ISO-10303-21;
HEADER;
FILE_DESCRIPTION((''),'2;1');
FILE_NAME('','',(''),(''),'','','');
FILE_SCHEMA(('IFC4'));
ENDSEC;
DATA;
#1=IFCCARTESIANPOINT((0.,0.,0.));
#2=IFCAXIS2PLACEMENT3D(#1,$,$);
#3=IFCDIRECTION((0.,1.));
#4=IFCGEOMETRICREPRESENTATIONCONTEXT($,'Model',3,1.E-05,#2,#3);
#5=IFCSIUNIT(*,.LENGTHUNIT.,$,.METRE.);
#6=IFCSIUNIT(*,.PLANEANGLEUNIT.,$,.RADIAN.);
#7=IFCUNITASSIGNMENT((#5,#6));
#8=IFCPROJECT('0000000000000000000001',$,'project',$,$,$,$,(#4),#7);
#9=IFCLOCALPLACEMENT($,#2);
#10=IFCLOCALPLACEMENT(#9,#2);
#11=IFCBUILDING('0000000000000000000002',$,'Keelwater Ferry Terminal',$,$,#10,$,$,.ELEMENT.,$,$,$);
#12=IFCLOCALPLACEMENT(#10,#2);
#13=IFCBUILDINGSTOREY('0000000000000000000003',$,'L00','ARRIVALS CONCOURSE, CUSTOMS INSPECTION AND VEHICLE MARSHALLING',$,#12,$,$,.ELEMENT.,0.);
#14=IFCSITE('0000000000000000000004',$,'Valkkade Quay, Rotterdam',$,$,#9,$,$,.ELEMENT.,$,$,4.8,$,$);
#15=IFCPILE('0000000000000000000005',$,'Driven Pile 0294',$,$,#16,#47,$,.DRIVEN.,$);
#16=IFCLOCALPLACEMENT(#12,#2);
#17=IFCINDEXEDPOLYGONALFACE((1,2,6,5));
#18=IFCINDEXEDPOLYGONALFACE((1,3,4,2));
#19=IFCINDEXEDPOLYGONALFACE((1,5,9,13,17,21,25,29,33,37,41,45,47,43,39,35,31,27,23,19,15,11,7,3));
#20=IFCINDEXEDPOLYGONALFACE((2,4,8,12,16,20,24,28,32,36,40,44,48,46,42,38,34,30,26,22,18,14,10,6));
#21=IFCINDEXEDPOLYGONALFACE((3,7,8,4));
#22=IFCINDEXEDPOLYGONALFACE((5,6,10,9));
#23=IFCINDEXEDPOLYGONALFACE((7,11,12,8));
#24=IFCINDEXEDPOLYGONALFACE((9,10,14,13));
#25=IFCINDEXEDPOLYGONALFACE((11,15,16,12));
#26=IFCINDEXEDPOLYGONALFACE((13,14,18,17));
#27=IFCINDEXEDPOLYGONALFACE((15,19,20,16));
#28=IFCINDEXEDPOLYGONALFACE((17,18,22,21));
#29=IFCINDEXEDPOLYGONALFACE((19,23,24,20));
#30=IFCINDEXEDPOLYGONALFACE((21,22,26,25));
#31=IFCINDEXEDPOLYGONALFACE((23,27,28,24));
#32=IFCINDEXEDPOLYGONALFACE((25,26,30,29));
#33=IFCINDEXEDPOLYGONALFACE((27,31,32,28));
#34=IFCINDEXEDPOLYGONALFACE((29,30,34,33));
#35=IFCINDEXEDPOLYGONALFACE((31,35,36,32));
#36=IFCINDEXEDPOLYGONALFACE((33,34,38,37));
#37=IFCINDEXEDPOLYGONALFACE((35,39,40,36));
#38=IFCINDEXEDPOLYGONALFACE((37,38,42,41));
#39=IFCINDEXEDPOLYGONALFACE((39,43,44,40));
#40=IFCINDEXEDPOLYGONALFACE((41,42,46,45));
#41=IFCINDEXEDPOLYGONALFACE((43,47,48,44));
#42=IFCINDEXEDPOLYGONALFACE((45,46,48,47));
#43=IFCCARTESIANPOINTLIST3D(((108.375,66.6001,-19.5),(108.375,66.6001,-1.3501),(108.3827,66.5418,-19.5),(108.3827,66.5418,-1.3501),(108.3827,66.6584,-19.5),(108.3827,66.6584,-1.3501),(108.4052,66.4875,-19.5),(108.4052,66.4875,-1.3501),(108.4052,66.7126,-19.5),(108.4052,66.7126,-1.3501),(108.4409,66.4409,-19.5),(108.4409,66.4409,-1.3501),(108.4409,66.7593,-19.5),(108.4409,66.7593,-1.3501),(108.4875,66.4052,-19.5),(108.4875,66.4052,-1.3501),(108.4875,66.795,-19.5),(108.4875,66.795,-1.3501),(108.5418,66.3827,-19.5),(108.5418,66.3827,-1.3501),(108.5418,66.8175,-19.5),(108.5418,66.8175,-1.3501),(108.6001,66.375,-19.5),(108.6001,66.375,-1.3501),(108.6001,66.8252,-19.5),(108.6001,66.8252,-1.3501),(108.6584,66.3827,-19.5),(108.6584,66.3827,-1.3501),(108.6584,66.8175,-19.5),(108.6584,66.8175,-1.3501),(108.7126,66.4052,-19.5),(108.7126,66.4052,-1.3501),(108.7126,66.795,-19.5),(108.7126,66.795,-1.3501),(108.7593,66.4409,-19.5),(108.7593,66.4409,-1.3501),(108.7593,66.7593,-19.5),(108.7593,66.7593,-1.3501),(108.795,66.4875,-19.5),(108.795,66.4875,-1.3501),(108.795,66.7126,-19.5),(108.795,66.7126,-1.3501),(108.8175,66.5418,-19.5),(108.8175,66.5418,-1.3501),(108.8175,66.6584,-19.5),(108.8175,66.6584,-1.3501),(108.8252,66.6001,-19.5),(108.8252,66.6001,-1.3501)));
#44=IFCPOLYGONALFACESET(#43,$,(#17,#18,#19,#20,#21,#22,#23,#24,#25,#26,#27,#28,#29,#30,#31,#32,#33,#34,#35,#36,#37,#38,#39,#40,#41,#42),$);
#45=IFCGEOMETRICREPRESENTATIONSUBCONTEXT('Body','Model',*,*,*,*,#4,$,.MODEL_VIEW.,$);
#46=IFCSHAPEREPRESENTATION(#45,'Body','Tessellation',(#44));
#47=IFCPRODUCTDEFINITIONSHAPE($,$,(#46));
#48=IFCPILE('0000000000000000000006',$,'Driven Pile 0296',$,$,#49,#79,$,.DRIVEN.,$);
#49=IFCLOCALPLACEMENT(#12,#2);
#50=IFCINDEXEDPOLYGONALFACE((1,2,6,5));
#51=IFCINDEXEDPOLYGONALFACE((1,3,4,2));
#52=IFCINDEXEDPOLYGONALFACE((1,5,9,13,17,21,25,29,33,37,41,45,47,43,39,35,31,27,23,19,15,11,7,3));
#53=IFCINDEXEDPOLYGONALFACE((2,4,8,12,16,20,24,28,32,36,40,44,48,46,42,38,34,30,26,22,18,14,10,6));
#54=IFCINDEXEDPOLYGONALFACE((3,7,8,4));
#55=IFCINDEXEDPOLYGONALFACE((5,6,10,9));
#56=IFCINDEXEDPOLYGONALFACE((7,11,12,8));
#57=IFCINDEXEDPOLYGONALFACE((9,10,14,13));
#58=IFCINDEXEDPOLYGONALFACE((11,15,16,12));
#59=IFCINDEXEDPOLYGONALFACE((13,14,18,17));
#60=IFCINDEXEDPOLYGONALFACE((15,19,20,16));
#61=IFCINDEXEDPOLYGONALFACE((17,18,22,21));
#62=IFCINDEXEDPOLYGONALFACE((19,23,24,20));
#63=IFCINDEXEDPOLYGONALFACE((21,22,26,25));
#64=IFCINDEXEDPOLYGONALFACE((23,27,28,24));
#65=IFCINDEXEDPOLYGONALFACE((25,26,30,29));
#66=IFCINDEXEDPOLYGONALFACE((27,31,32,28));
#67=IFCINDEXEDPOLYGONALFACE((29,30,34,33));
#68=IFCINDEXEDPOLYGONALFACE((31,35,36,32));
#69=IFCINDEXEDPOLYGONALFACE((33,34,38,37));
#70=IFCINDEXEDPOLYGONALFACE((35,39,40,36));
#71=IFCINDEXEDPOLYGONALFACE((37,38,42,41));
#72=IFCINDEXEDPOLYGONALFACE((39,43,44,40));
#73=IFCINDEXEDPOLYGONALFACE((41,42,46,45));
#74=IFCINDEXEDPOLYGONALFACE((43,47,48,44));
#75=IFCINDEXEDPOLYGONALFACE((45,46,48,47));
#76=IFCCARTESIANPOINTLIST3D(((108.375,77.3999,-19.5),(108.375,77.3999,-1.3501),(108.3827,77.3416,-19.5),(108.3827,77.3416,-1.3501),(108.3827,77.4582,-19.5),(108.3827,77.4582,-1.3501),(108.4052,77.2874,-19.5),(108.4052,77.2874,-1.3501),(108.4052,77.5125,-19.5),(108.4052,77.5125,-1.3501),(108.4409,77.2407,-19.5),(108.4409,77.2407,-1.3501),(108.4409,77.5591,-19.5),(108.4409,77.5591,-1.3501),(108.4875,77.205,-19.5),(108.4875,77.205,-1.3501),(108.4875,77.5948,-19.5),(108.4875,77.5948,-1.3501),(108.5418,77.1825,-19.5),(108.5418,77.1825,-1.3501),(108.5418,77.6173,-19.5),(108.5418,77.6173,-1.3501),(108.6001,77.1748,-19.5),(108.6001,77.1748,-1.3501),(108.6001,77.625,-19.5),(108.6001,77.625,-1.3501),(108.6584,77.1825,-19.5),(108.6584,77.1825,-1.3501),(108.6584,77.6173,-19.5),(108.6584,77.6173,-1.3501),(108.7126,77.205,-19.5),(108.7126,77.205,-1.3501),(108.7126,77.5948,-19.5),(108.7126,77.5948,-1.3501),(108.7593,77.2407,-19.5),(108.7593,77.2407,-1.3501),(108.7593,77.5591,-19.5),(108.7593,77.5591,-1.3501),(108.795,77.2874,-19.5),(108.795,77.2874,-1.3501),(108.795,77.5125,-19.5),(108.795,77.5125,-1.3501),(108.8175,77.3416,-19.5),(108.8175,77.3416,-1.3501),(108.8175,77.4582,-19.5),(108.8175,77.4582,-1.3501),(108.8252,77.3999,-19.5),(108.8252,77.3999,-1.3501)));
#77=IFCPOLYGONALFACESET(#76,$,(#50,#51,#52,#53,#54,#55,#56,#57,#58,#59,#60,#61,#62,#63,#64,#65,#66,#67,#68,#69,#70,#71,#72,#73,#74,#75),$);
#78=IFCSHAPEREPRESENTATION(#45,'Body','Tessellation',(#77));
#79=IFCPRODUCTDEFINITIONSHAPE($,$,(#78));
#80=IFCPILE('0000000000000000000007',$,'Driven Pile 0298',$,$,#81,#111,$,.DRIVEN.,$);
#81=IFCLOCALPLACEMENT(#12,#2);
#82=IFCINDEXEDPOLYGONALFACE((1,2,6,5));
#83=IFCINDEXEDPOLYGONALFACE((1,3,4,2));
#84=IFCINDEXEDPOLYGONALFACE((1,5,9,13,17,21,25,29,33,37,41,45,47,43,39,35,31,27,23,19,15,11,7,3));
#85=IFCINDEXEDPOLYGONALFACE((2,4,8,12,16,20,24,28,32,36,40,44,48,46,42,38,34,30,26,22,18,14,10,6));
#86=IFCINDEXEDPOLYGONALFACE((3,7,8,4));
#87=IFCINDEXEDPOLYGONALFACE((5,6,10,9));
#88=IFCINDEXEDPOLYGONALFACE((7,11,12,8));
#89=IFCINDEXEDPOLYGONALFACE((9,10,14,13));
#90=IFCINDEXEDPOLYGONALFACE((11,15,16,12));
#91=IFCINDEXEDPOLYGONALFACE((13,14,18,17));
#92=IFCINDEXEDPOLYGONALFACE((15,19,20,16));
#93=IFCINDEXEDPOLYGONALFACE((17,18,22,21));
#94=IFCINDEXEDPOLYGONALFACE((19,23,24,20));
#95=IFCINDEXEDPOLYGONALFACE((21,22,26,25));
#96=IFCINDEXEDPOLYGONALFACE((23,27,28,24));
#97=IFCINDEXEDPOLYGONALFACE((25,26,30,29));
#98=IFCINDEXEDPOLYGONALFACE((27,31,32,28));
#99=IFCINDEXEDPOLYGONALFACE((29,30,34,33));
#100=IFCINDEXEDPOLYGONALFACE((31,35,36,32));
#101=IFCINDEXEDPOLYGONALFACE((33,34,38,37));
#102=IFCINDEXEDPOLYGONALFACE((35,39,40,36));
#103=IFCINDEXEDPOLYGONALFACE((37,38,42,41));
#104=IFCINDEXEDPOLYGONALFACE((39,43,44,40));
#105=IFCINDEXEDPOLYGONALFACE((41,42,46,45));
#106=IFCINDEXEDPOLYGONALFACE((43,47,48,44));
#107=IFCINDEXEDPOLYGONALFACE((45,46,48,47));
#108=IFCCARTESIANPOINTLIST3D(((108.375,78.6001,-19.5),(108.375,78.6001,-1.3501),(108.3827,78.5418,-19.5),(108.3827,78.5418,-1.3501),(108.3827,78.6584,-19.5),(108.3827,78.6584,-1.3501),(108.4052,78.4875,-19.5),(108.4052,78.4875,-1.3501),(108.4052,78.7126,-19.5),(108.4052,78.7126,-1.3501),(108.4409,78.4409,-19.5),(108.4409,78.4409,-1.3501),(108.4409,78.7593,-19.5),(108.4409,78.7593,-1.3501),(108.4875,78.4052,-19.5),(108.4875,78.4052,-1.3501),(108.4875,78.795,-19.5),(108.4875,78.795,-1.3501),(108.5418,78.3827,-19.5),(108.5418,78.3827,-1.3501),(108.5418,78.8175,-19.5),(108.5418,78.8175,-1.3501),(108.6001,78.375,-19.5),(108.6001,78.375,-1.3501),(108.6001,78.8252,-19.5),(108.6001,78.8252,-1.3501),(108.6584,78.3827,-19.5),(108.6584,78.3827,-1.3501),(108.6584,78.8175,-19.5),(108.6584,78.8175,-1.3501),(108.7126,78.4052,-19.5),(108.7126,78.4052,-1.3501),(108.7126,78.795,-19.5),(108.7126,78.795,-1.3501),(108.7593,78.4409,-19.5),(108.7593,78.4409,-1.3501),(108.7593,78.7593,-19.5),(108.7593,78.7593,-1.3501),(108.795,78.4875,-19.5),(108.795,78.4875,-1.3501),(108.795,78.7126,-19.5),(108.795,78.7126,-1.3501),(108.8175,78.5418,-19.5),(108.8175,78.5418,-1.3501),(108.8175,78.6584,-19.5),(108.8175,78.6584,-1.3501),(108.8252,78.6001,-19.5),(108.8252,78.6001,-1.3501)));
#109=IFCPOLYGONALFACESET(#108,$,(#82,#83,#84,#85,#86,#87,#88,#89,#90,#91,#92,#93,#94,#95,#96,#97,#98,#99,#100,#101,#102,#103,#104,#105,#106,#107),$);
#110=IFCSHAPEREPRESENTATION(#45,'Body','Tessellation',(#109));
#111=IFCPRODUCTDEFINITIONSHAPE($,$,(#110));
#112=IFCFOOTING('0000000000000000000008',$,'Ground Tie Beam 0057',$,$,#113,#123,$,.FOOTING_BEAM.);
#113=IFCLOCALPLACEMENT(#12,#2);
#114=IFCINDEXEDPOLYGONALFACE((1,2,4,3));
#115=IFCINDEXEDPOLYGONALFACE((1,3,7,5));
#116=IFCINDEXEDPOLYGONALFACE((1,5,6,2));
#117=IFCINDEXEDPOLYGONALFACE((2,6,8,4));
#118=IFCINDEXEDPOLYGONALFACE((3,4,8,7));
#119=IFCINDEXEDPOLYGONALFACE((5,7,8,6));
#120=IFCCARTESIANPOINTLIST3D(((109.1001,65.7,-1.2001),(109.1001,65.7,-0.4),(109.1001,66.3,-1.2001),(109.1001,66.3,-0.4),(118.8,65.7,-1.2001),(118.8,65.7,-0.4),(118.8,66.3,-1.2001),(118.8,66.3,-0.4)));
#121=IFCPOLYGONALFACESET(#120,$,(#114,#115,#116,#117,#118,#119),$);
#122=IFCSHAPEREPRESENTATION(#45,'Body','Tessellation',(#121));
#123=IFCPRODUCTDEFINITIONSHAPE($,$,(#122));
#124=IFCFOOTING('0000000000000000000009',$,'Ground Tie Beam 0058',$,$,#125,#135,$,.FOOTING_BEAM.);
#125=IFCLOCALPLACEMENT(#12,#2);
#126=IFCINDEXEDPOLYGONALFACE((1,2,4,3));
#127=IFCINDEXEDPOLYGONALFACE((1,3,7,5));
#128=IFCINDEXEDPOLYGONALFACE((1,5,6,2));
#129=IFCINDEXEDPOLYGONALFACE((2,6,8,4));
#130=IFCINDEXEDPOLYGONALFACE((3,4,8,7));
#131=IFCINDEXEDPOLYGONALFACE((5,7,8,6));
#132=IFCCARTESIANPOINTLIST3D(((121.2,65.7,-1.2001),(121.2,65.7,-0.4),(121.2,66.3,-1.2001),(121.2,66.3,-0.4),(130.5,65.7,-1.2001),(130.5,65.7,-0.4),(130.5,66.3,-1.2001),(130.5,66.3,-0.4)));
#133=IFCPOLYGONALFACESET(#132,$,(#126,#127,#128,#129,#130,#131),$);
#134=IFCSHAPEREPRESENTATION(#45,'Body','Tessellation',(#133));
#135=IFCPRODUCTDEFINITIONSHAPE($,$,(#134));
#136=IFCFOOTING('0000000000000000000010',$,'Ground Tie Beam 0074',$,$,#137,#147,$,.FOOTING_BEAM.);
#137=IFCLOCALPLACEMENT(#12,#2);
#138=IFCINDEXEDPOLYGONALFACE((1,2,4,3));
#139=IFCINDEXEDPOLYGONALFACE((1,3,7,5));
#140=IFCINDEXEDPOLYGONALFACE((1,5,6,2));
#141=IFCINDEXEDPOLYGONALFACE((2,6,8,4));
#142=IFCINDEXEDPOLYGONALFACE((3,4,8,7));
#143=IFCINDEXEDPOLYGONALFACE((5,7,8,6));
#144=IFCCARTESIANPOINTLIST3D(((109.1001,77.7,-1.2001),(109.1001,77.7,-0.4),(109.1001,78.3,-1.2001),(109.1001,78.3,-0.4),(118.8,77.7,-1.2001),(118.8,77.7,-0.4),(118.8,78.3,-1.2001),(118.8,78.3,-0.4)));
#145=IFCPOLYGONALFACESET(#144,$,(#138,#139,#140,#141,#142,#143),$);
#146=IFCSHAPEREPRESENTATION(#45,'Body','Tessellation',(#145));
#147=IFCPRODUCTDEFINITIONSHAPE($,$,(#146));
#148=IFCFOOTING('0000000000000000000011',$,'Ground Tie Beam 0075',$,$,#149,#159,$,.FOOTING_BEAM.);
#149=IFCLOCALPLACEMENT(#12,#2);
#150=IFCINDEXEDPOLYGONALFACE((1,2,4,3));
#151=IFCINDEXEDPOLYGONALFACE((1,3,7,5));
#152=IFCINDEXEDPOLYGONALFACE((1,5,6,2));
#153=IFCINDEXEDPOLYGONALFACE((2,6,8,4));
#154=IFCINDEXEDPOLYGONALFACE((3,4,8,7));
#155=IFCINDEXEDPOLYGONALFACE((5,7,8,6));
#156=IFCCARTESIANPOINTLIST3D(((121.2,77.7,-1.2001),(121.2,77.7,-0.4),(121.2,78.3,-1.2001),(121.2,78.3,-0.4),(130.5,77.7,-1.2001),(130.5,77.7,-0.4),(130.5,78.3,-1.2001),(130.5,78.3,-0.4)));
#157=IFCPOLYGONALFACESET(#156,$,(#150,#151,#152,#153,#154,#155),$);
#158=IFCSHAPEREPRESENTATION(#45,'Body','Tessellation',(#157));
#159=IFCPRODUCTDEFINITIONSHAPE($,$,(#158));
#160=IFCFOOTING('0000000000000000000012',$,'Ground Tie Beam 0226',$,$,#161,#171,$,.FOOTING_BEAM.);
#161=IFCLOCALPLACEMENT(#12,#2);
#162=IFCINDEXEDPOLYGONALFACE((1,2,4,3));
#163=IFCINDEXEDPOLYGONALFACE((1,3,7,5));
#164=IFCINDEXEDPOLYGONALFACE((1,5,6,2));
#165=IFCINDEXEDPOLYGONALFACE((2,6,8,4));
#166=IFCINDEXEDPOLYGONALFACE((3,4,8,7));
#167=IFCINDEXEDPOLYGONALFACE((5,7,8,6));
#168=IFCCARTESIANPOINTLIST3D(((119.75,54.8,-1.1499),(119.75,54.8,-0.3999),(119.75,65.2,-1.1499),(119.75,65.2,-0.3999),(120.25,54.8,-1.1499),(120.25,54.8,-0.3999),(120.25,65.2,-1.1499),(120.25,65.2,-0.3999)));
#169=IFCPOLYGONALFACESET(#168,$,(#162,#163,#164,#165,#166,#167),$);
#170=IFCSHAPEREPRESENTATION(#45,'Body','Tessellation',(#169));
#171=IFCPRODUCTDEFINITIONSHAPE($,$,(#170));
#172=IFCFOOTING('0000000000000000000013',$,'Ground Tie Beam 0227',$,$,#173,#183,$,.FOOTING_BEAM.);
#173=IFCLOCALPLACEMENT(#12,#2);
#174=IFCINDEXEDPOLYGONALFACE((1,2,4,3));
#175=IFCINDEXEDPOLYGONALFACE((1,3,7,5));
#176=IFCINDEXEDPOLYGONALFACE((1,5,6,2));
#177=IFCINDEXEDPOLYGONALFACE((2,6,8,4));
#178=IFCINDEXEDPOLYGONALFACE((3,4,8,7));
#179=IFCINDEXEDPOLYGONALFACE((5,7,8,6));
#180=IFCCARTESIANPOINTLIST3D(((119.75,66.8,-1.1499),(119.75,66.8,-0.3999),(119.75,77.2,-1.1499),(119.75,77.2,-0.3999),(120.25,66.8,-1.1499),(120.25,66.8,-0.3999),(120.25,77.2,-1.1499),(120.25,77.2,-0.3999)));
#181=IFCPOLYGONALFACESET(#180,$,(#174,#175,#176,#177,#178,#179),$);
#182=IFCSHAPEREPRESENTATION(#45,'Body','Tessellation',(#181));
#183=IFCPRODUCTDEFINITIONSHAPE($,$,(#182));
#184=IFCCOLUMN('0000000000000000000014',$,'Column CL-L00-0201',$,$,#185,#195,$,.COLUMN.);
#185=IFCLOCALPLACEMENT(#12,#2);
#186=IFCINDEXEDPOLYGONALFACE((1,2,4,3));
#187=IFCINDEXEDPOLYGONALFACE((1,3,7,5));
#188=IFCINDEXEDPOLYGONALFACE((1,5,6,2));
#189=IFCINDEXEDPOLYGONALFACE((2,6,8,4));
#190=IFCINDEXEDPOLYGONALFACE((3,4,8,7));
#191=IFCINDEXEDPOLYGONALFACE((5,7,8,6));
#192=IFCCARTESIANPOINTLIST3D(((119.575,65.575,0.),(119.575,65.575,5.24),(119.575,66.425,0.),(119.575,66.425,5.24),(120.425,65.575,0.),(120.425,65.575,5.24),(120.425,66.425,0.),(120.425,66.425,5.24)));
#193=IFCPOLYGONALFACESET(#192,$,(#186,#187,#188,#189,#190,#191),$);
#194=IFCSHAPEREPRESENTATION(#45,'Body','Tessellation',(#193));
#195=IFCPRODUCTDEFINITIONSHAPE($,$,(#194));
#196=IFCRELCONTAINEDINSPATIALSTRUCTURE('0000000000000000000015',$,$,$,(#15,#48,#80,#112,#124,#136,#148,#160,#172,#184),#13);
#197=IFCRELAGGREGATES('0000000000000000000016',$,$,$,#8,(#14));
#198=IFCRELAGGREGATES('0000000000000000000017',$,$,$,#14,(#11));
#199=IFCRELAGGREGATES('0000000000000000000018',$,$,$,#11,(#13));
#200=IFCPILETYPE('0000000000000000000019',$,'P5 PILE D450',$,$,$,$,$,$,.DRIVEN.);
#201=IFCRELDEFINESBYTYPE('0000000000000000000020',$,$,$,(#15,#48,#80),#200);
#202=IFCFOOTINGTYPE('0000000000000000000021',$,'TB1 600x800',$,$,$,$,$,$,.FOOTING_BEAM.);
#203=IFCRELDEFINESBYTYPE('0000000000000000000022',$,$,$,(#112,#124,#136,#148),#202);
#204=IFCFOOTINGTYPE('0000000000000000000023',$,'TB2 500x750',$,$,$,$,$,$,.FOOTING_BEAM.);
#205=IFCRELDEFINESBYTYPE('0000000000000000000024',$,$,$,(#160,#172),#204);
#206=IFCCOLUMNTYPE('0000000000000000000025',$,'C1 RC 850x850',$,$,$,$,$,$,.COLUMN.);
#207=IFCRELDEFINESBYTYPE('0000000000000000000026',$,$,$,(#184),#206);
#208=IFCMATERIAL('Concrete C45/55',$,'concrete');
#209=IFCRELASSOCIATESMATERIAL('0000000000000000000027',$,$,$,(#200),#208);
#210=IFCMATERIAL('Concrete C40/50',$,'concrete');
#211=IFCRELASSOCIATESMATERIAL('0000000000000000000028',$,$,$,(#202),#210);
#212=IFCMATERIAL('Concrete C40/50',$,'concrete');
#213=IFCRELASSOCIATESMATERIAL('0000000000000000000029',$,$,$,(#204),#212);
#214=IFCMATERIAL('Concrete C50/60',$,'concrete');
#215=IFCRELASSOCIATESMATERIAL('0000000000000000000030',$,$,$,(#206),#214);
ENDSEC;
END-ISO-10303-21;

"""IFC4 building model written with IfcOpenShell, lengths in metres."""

from ifc_helpers import new_model, si_unit, direction, frame, origin, origin_2d, place, context, subcontext, project, spatial, rectangle, circle, extrude, material, material_profile, profile_set, type_object, element, save


model = new_model("IFC4")

# Units and contexts
model_context = context("Model", 3, precision=1e-05, world=origin(), true_north=direction((0.0, 1.0)))
body_context = subcontext(model_context, "Body", "Model", "MODEL_VIEW")
ifc_project = project(units=[si_unit("LENGTHUNIT", "METRE"), si_unit("PLANEANGLEUNIT", "RADIAN")], contexts=[model_context])

# Site, building, storey
site_placement = place(None, origin())
site = spatial("IfcSite", under=ifc_project, at=site_placement, Name="Valkkade Quay, Rotterdam", CompositionType="ELEMENT", RefElevation=4.8)
building_placement = place(site_placement, origin())
building = spatial("IfcBuilding", under=site, at=building_placement, Name="Keelwater Ferry Terminal", CompositionType="ELEMENT")
storey_placement = place(building_placement, origin())
storey = spatial("IfcBuildingStorey", under=building, at=storey_placement, Name="L00", Description="ARRIVALS CONCOURSE, CUSTOMS INSPECTION AND VEHICLE MARSHALLING", CompositionType="ELEMENT", Elevation=0.0)

# Piles
ifc_material_1 = material(Name="Concrete C45/55", Category="concrete")
ifc_material_profile_1 = material_profile(ifc_material_1, circle(Radius=0.2251, at=origin_2d()), Name="PILE D450")
ifc_profile_set_1 = profile_set([ifc_material_profile_1], Name="Concrete C45/55")
pile_type_1 = type_object("IfcPileType", Name="P5 PILE D450", PredefinedType="DRIVEN", material=ifc_profile_set_1)
for number, where, z_axis, x_axis, name in (
    (1, (108.6001, 66.6001, -1.3501), (0.0, 0.0, -1.0), (1.0, 0.0, 0.0), "Driven Pile 0294"),
    (2, (108.6001, 77.3999, -1.3501), (0.0, 0.0, -1.0), (1.0, 0.0, 0.0), "Driven Pile 0296"),
    (3, (108.6001, 78.6001, -1.3501), (0.0, 0.0, -1.0), (1.0, 0.0, 0.0), "Driven Pile 0298"),
):
    element("IfcPile", number, at=place(storey_placement, frame(where, z_axis=z_axis, x_axis=x_axis)), inside=storey, type_object=pile_type_1, Name=name, PredefinedType="DRIVEN", context=body_context, shape_type="SweptSolid", body=[
        extrude(circle(Radius=0.2251, at=origin_2d()), origin(), (0.0, 0.0, 1.0), 18.1499),
    ])

# Footings
ifc_material_2 = material(Name="Concrete C40/50", Category="concrete")
ifc_material_profile_2 = material_profile(ifc_material_2, rectangle(XDim=0.6001, YDim=0.8, at=origin_2d()), Name="TB 600x800")
ifc_profile_set_2 = profile_set([ifc_material_profile_2], Name="Concrete C40/50")
footing_type_1 = type_object("IfcFootingType", Name="TB1 600x800", PredefinedType="FOOTING_BEAM", material=ifc_profile_set_2)
footing_1_placement = place(storey_placement, frame((109.1001, 66.0, -0.8), z_axis=(1.0, 0.0, 0.0), x_axis=(0.0, 1.0, 0.0)))
element("IfcFooting", 4, at=footing_1_placement, inside=storey, type_object=footing_type_1, Name="Ground Tie Beam 0057", PredefinedType="FOOTING_BEAM", context=body_context, shape_type="SweptSolid", body=[
    extrude(rectangle(XDim=0.6001, YDim=0.8, at=origin_2d()), origin(), (0.0, 0.0, 1.0), 9.7),
])
footing_2_placement = place(storey_placement, frame((121.2, 66.0, -0.8), z_axis=(1.0, 0.0, 0.0), x_axis=(0.0, 1.0, 0.0)))
element("IfcFooting", 5, at=footing_2_placement, inside=storey, type_object=footing_type_1, Name="Ground Tie Beam 0058", PredefinedType="FOOTING_BEAM", context=body_context, shape_type="SweptSolid", body=[
    extrude(rectangle(XDim=0.6001, YDim=0.8, at=origin_2d()), origin(), (0.0, 0.0, 1.0), 9.3),
])
footing_3_placement = place(storey_placement, frame((109.1001, 78.0, -0.8), z_axis=(1.0, 0.0, 0.0), x_axis=(0.0, 1.0, 0.0)))
element("IfcFooting", 6, at=footing_3_placement, inside=storey, type_object=footing_type_1, Name="Ground Tie Beam 0074", PredefinedType="FOOTING_BEAM", context=body_context, shape_type="SweptSolid", body=[
    extrude(rectangle(XDim=0.6001, YDim=0.8, at=origin_2d()), origin(), (0.0, 0.0, 1.0), 9.7),
])
footing_4_placement = place(storey_placement, frame((121.2, 78.0, -0.8), z_axis=(1.0, 0.0, 0.0), x_axis=(0.0, 1.0, 0.0)))
element("IfcFooting", 7, at=footing_4_placement, inside=storey, type_object=footing_type_1, Name="Ground Tie Beam 0075", PredefinedType="FOOTING_BEAM", context=body_context, shape_type="SweptSolid", body=[
    extrude(rectangle(XDim=0.6001, YDim=0.8, at=origin_2d()), origin(), (0.0, 0.0, 1.0), 9.3),
])
ifc_material_3 = material(Name="Concrete C40/50", Category="concrete")
ifc_material_profile_3 = material_profile(ifc_material_3, rectangle(XDim=0.5, YDim=0.75, at=origin_2d()), Name="TB 500x750")
ifc_profile_set_3 = profile_set([ifc_material_profile_3], Name="Concrete C40/50")
footing_type_2 = type_object("IfcFootingType", Name="TB2 500x750", PredefinedType="FOOTING_BEAM", material=ifc_profile_set_3)
for number, where, z_axis, x_axis, name in (
    (8, (120.0, 54.8, -0.7749), (0.0, 1.0, 0.0), (-1.0, 0.0, 0.0), "Ground Tie Beam 0226"),
    (9, (120.0, 66.8, -0.7749), (0.0, 1.0, 0.0), (-1.0, 0.0, 0.0), "Ground Tie Beam 0227"),
):
    element("IfcFooting", number, at=place(storey_placement, frame(where, z_axis=z_axis, x_axis=x_axis)), inside=storey, type_object=footing_type_2, Name=name, PredefinedType="FOOTING_BEAM", context=body_context, shape_type="SweptSolid", body=[
        extrude(rectangle(XDim=0.5, YDim=0.75, at=origin_2d()), origin(), (0.0, 0.0, 1.0), 10.3999),
    ])

# Column
ifc_material_4 = material(Name="Concrete C50/60", Category="concrete")
ifc_material_profile_4 = material_profile(ifc_material_4, rectangle(XDim=0.8501, YDim=0.8501, at=origin_2d()), Name="RC 850x850")
ifc_profile_set_4 = profile_set([ifc_material_profile_4], Name="Concrete C50/60")
column_type = type_object("IfcColumnType", Name="C1 RC 850x850", PredefinedType="COLUMN", material=ifc_profile_set_4)
for number, where, z_axis, x_axis, name in (
    (10, (120.0, 66.0, 0.0), (0.0, 0.0, 1.0), (1.0, 0.0, 0.0), "Column CL-L00-0201"),
):
    element("IfcColumn", number, at=place(storey_placement, frame(where, z_axis=z_axis, x_axis=x_axis)), inside=storey, type_object=column_type, Name=name, PredefinedType="COLUMN", context=body_context, shape_type="SweptSolid", body=[
        extrude(rectangle(XDim=0.8501, YDim=0.8501, at=origin_2d()), origin(), (0.0, 0.0, 1.0), 5.24),
    ])

save(model, "model.ifc")
